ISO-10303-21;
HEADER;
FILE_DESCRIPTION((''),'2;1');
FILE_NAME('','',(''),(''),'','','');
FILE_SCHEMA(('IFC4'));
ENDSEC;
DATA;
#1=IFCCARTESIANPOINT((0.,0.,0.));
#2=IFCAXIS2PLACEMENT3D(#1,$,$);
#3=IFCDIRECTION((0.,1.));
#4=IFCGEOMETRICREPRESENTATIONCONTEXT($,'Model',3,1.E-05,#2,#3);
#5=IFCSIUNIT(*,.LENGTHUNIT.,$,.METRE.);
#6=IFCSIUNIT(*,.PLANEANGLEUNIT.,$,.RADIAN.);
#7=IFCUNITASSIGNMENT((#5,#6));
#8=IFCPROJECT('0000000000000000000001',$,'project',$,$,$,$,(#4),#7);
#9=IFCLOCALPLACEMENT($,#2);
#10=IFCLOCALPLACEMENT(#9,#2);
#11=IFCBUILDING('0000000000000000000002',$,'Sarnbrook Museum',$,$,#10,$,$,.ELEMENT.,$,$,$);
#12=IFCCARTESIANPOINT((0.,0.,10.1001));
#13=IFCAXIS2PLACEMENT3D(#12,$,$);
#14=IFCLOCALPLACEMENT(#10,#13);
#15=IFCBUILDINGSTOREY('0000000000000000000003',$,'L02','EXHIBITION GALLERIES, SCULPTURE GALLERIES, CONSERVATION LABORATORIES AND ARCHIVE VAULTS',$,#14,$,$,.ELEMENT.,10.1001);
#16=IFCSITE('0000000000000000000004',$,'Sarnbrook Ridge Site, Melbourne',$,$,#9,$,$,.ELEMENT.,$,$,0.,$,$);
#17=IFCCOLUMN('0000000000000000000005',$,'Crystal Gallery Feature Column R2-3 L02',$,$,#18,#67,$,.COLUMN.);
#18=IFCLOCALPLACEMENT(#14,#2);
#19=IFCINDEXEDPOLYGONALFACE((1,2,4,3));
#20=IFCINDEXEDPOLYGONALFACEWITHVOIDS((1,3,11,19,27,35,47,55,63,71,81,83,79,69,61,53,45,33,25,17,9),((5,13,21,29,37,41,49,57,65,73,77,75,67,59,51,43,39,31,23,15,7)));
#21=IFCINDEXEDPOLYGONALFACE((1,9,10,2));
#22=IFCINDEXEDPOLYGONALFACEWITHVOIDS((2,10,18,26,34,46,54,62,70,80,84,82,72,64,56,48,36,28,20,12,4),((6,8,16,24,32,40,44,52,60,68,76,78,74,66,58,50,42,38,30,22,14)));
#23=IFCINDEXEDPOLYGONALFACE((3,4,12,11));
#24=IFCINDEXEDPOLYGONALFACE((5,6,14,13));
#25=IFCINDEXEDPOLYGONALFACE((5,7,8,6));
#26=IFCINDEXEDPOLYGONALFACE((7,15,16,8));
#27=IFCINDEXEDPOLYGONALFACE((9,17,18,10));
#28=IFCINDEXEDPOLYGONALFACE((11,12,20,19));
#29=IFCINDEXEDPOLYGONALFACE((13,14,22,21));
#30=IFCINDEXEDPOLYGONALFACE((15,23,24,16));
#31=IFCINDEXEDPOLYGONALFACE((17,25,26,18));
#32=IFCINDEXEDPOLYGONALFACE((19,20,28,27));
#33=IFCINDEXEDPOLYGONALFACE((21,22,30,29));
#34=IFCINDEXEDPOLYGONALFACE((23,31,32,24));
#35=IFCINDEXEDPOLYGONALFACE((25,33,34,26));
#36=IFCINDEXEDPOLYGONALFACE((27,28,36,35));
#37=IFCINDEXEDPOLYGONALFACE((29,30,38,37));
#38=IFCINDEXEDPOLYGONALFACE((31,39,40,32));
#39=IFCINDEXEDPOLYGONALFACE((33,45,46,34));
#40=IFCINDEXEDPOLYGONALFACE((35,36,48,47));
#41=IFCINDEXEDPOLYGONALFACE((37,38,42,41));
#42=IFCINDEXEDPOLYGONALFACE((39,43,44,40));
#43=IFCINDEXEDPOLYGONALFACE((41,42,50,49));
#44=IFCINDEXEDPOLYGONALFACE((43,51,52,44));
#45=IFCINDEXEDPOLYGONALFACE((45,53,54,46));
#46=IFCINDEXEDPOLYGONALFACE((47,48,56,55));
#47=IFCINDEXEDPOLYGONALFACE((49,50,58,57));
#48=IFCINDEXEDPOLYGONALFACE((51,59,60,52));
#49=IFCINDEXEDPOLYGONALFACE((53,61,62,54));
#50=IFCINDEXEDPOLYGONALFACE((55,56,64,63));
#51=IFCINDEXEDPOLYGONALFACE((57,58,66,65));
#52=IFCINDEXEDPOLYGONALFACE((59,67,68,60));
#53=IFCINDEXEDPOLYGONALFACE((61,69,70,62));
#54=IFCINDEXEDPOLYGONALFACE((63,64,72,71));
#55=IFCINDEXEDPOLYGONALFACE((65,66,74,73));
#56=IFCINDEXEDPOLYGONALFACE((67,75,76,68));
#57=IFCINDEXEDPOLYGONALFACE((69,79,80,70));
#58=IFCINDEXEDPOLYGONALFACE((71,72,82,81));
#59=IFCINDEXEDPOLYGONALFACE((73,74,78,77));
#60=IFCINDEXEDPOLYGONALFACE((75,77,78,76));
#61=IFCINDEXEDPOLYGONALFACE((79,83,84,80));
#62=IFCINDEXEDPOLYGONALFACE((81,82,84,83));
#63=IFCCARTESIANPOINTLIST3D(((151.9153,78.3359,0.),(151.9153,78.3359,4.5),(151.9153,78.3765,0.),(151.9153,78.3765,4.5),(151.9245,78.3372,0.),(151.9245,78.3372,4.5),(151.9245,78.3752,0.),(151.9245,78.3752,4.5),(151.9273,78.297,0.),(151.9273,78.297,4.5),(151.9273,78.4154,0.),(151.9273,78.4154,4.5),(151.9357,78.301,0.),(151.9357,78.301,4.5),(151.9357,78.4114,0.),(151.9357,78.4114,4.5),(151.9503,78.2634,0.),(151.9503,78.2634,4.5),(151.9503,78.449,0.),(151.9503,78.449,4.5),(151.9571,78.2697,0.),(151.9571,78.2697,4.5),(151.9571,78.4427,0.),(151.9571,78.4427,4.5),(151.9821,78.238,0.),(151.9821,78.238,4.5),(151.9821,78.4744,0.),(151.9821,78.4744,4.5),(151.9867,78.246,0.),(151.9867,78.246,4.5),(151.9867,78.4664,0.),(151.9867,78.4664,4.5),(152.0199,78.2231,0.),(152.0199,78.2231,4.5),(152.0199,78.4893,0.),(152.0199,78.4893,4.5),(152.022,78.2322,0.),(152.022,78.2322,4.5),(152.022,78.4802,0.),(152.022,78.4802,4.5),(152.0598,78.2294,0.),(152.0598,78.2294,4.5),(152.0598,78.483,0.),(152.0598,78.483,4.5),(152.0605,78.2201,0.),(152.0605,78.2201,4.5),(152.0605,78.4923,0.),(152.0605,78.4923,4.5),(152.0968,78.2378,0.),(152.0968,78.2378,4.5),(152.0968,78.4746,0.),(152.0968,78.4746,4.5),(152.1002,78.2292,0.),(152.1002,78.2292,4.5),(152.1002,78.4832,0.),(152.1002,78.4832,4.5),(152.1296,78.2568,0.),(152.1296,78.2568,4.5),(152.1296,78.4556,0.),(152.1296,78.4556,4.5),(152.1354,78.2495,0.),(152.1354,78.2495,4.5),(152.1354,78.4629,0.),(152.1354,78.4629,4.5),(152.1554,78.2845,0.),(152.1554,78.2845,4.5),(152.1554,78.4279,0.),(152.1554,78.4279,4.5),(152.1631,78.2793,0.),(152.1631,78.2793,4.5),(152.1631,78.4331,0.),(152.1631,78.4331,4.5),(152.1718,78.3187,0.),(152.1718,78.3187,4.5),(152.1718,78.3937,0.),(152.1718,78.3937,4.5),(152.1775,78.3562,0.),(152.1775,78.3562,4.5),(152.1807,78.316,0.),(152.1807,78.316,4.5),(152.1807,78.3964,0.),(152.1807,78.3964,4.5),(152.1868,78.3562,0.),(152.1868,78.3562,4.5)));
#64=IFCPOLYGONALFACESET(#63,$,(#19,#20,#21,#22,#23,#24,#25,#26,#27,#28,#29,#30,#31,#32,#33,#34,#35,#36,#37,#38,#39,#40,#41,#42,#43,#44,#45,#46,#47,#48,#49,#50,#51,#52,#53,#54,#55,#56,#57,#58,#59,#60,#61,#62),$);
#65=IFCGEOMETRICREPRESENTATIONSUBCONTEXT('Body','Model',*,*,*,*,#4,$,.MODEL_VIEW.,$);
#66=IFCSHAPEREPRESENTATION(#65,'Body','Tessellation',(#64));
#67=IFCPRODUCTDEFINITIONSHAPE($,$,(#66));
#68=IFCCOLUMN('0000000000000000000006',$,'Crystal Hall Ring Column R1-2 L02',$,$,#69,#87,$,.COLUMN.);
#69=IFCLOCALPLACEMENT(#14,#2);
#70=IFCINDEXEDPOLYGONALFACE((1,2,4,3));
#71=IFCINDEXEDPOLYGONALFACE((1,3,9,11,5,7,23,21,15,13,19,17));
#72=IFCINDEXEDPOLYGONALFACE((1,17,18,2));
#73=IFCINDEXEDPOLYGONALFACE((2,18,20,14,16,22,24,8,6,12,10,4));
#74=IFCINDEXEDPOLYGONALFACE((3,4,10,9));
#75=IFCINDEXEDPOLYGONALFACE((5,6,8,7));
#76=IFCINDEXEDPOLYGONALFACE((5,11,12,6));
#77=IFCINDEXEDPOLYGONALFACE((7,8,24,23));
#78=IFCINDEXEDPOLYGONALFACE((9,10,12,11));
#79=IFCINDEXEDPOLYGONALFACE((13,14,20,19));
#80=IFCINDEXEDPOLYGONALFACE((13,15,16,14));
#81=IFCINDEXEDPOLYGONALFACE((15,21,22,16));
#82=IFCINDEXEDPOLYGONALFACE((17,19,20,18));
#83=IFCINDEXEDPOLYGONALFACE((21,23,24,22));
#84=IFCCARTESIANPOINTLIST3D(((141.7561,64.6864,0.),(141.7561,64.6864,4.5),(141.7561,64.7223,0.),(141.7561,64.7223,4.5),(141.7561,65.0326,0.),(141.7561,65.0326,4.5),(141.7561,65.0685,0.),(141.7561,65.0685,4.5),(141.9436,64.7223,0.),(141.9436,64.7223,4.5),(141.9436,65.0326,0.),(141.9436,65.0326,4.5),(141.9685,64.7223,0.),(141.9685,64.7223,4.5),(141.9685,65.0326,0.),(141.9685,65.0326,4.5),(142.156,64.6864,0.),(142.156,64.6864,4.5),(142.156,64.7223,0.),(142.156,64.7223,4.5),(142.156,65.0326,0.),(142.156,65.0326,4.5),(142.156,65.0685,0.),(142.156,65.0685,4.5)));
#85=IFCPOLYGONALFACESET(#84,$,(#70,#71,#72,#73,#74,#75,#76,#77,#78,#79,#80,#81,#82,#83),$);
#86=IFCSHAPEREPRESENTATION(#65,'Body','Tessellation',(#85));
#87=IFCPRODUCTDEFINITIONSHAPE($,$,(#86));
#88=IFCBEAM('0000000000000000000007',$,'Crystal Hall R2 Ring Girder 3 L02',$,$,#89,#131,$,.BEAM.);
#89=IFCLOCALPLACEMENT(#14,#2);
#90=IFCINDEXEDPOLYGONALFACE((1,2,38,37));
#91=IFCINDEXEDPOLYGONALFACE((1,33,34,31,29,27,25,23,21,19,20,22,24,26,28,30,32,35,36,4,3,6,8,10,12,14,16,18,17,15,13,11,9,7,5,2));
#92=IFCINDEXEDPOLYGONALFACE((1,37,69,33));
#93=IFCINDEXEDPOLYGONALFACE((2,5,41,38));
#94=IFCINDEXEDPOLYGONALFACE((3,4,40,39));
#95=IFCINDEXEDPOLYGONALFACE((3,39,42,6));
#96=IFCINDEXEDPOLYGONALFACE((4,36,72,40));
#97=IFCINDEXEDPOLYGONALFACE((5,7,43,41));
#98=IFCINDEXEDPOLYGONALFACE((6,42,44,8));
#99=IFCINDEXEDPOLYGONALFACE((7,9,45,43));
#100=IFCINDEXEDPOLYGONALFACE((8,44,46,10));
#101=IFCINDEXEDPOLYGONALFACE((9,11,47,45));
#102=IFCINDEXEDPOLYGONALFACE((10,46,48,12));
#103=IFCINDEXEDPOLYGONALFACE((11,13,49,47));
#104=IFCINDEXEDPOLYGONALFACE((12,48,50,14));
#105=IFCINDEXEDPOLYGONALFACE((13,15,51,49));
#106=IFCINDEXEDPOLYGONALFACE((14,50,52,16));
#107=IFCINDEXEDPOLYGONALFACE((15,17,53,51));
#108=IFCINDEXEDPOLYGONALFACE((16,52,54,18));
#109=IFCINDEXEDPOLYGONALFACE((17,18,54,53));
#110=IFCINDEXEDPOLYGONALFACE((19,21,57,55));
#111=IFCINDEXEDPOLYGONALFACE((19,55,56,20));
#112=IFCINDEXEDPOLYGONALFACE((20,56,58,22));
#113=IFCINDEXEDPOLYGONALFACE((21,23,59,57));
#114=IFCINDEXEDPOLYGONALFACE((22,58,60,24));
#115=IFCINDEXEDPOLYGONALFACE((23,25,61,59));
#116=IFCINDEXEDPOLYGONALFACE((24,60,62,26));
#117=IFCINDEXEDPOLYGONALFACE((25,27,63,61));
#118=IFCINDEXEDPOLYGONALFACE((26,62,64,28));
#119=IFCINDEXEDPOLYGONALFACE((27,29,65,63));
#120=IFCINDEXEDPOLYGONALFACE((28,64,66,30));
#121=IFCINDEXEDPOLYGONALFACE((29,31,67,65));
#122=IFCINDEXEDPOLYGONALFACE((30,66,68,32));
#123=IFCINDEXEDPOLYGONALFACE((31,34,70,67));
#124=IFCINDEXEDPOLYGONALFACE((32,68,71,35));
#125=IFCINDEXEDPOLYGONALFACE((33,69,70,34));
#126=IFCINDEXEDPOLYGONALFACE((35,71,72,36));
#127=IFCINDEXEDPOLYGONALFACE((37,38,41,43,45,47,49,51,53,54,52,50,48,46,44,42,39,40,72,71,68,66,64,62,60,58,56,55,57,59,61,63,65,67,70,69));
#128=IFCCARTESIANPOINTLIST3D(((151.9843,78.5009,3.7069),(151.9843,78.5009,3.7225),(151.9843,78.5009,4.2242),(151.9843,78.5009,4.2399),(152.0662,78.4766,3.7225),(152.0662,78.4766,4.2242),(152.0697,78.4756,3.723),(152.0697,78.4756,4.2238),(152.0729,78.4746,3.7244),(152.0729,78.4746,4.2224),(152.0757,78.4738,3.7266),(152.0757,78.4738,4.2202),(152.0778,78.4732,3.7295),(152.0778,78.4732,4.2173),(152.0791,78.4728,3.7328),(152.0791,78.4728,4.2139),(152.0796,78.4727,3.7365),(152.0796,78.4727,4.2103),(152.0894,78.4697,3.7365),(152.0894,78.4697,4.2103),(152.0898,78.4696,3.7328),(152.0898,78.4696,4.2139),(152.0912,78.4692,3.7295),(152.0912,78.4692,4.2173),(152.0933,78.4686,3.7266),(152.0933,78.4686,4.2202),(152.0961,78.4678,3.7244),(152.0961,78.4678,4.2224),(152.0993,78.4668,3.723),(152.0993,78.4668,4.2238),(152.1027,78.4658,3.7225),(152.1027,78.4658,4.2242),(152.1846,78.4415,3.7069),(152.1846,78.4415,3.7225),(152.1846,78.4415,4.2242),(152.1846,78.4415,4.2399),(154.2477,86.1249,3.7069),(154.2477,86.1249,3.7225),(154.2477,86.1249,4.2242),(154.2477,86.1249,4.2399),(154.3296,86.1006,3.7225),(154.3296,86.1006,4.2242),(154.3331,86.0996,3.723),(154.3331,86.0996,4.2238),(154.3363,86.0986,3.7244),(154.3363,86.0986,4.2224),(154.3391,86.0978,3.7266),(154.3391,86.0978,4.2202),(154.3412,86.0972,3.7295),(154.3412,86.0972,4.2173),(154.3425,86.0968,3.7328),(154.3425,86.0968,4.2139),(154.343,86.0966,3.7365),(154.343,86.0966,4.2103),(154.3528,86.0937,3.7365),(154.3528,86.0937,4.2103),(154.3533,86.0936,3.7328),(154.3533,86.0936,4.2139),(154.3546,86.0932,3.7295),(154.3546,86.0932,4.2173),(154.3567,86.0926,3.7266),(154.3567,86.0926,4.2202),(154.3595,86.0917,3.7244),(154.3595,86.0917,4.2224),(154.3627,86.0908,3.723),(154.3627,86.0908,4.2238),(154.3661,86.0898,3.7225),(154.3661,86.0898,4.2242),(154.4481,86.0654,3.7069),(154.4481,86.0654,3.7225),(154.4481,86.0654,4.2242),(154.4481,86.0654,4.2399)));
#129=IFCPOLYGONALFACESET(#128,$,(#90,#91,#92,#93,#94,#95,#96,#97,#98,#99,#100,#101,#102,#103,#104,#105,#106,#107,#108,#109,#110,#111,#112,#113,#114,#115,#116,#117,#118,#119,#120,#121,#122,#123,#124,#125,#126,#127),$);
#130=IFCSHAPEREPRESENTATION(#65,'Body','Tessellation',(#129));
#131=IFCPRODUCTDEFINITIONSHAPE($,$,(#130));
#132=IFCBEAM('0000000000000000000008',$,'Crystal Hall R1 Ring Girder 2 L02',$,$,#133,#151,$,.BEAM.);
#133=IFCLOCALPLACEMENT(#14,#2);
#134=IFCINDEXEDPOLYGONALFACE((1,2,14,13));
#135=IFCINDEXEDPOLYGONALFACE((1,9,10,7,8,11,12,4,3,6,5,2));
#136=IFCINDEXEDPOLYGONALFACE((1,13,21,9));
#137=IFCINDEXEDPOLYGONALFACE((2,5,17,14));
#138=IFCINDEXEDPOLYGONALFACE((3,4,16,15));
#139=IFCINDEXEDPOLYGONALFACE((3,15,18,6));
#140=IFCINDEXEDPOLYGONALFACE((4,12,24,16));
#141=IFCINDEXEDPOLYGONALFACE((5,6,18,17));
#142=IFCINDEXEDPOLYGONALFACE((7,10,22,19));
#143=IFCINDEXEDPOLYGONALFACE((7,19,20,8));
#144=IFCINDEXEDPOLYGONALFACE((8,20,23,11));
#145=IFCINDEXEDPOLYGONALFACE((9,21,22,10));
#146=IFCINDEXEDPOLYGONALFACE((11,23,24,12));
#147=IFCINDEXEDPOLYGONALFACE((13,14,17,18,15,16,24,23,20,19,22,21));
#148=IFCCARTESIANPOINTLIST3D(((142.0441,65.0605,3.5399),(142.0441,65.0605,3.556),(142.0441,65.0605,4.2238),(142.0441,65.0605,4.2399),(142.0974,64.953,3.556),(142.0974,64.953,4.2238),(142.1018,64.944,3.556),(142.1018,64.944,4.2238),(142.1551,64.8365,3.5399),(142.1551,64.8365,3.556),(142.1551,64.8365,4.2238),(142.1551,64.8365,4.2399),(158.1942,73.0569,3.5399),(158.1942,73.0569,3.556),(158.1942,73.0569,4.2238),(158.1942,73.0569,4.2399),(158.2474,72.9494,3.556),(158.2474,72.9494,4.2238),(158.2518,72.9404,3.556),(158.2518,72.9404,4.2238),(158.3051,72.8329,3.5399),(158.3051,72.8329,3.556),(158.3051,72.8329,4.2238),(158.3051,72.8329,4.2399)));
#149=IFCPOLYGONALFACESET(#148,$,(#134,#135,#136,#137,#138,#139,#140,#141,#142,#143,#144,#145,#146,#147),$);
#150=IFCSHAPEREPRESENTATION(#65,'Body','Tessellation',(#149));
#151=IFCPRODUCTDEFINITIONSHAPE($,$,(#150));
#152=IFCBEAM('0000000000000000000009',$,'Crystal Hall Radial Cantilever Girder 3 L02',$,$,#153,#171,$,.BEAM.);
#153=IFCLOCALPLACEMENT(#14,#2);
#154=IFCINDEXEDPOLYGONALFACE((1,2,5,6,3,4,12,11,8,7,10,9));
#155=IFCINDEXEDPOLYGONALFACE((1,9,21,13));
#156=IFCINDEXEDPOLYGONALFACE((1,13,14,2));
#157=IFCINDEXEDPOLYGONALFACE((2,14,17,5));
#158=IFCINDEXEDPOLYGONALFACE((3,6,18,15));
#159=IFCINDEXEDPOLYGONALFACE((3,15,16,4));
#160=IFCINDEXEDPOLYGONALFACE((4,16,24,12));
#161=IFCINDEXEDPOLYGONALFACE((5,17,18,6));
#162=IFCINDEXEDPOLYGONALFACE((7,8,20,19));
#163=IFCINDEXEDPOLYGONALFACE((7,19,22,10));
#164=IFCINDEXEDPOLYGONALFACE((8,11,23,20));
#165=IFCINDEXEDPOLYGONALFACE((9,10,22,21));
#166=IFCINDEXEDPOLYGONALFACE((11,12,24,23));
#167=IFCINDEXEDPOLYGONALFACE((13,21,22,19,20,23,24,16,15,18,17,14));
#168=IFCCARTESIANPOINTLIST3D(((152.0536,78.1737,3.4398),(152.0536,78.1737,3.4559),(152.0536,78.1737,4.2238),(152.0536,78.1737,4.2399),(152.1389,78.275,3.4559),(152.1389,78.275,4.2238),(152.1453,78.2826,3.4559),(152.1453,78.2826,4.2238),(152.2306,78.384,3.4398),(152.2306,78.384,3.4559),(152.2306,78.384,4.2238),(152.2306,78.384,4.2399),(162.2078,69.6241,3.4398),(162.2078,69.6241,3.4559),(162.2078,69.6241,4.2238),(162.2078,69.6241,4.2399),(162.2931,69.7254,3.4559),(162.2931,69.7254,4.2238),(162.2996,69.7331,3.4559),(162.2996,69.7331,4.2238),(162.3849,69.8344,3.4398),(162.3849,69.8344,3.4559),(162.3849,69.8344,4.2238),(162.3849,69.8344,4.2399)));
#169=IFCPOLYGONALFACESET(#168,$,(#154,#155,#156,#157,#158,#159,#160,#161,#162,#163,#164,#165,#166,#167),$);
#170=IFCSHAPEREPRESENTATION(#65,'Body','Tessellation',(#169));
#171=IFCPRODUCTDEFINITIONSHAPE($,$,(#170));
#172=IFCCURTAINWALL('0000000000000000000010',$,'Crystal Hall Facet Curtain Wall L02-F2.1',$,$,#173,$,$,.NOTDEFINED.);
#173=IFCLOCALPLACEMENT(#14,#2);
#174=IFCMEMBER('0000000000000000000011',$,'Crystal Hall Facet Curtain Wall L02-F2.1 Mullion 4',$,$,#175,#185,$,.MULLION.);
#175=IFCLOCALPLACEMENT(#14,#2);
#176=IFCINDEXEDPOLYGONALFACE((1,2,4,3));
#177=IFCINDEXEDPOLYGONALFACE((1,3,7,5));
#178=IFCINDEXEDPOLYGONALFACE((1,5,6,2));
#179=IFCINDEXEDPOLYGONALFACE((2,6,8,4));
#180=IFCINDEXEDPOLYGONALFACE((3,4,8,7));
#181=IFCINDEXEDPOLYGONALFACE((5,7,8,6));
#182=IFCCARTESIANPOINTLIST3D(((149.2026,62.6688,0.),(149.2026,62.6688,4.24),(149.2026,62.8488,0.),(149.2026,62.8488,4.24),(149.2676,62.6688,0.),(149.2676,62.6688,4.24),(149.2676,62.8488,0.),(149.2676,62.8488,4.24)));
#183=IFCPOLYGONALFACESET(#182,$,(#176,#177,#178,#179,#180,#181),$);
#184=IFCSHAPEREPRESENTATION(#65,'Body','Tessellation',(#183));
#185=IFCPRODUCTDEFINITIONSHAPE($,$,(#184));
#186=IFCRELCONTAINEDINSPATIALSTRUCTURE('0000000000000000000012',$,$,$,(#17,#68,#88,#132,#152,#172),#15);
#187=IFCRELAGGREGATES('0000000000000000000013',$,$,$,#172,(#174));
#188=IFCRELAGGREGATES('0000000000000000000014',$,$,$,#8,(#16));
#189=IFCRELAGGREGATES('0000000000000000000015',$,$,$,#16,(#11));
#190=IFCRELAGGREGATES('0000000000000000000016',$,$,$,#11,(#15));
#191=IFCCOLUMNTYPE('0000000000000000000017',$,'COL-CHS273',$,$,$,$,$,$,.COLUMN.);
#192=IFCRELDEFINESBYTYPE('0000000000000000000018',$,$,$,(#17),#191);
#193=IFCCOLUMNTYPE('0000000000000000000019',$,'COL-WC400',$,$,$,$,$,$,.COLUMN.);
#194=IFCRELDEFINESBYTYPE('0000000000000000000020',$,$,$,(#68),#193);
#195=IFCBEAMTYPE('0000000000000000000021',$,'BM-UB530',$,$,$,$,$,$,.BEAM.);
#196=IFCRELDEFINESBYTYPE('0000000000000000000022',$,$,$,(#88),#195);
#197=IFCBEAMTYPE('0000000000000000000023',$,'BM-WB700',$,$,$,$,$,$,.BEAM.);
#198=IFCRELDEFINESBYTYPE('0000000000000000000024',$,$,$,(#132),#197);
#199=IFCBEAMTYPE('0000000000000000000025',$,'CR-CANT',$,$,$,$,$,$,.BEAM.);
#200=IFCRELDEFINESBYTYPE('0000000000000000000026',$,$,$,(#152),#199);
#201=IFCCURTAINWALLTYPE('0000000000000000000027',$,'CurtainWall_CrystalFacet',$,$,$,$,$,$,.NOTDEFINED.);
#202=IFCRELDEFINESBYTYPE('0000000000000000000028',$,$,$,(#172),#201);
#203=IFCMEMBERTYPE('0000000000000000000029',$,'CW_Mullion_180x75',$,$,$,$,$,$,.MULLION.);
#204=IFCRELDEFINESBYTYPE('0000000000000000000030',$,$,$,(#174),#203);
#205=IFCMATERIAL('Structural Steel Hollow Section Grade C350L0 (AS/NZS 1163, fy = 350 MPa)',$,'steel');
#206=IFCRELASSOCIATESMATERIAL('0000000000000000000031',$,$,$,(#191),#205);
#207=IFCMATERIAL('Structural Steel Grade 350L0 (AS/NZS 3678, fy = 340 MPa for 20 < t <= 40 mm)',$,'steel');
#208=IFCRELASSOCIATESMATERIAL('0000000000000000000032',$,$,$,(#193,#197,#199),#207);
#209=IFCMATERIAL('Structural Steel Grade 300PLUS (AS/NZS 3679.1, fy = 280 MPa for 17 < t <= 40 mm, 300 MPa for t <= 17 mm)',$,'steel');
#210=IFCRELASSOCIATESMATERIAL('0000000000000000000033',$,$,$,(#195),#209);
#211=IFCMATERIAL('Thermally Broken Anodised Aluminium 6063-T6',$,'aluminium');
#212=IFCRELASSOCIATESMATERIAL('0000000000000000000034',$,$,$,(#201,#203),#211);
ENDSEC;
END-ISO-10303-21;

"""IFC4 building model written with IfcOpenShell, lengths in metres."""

from ifc_helpers import new_model, si_unit, direction, frame, origin, origin_2d, place, context, subcontext, project, spatial, rectangle, hollow_circle, i_section, extrude, material, material_profile, profile_set, type_object, element, aggregate, save


model = new_model("IFC4")

# Units and contexts
model_context = context("Model", 3, precision=1e-05, world=origin(), true_north=direction((0.0, 1.0)))
body_context = subcontext(model_context, "Body", "Model", "MODEL_VIEW")
ifc_project = project(units=[si_unit("LENGTHUNIT", "METRE"), si_unit("PLANEANGLEUNIT", "RADIAN")], contexts=[model_context])

# Site, building, storey
site_placement = place(None, origin())
site = spatial("IfcSite", under=ifc_project, at=site_placement, Name="Sarnbrook Ridge Site, Melbourne", CompositionType="ELEMENT", RefElevation=0.0)
building_placement = place(site_placement, origin())
building = spatial("IfcBuilding", under=site, at=building_placement, Name="Sarnbrook Museum", CompositionType="ELEMENT")
storey_placement = place(building_placement, frame((0.0, 0.0, 10.1001)))
storey = spatial("IfcBuildingStorey", under=building, at=storey_placement, Name="L02", Description="EXHIBITION GALLERIES, SCULPTURE GALLERIES, CONSERVATION LABORATORIES AND ARCHIVE VAULTS", CompositionType="ELEMENT", Elevation=10.1001)

# Columns
ifc_material_1 = material(Name="Structural Steel Hollow Section Grade C350L0 (AS/NZS 1163, fy = 350 MPa)", Category="steel")
ifc_material_profile_1 = material_profile(ifc_material_1, hollow_circle(Radius=0.1365, WallThickness=0.0093, at=origin_2d()), Name="273.1x9.3CHS")
ifc_profile_set_1 = profile_set([ifc_material_profile_1], Name="Structural Steel Hollow Section Grade C350L0 (AS/NZS 1163, fy = 350 MPa)")
column_type_1 = type_object("IfcColumnType", Name="COL-CHS273", PredefinedType="COLUMN", material=ifc_profile_set_1)
column_1_placement = place(storey_placement, frame((152.0503, 78.3562, 0.0), z_axis=(0.0, 0.0, 1.0), x_axis=(1.0, 0.0, 0.0)))
element("IfcColumn", 1, at=column_1_placement, inside=storey, type_object=column_type_1, Name="Crystal Gallery Feature Column R2-3 L02", PredefinedType="COLUMN", context=body_context, shape_type="SweptSolid", body=[
    extrude(hollow_circle(Radius=0.1365, WallThickness=0.0093, at=origin_2d()), origin(), (0.0, 0.0, 1.0), 4.5),
])
ifc_material_2 = material(Name="Structural Steel Grade 350L0 (AS/NZS 3678, fy = 340 MPa for 20 < t <= 40 mm)", Category="steel")
ifc_material_profile_2 = material_profile(ifc_material_2, i_section(OverallWidth=0.3999, OverallDepth=0.3821, WebThickness=0.0249, FlangeThickness=0.0359, at=origin_2d()), Name="400WC270")
ifc_profile_set_2 = profile_set([ifc_material_profile_2], Name="Structural Steel Grade 350L0 (AS/NZS 3678, fy = 340 MPa for 20 < t <= 40 mm)")
column_type_2 = type_object("IfcColumnType", Name="COL-WC400", PredefinedType="COLUMN", material=ifc_profile_set_2)
column_2_placement = place(storey_placement, frame((141.9561, 64.8774, 0.0), z_axis=(0.0, 0.0, 1.0), x_axis=(1.0, 0.0, 0.0)))
element("IfcColumn", 2, at=column_2_placement, inside=storey, type_object=column_type_2, Name="Crystal Hall Ring Column R1-2 L02", PredefinedType="COLUMN", context=body_context, shape_type="SweptSolid", body=[
    extrude(i_section(OverallWidth=0.3999, OverallDepth=0.3821, WebThickness=0.0249, FlangeThickness=0.0359, at=origin_2d()), origin(), (0.0, 0.0, 1.0), 4.5),
])

# Beams
ifc_material_3 = material(Name="Structural Steel Grade 300PLUS (AS/NZS 3679.1, fy = 280 MPa for 17 < t <= 40 mm, 300 MPa for t <= 17 mm)", Category="steel")
ifc_material_profile_3 = material_profile(ifc_material_3, i_section(OverallWidth=0.209, OverallDepth=0.533, WebThickness=0.0103, FlangeThickness=0.0156, FilletRadius=0.0139, at=origin_2d()), Name="530UB92.4")
ifc_profile_set_3 = profile_set([ifc_material_profile_3], Name="Structural Steel Grade 300PLUS (AS/NZS 3679.1, fy = 280 MPa for 17 < t <= 40 mm, 300 MPa for t <= 17 mm)")
beam_type_1 = type_object("IfcBeamType", Name="BM-UB530", PredefinedType="BEAM", material=ifc_profile_set_3)
beam_1_placement = place(storey_placement, frame((152.0845, 78.4712, 3.9734), z_axis=(0.284604, 0.958645, 0.0), x_axis=(-0.958645, 0.284604, 0.0)))
element("IfcBeam", 3, at=beam_1_placement, inside=storey, type_object=beam_type_1, Name="Crystal Hall R2 Ring Girder 3 L02", PredefinedType="BEAM", context=body_context, shape_type="SweptSolid", body=[
    extrude(i_section(OverallWidth=0.209, OverallDepth=0.533, WebThickness=0.0103, FlangeThickness=0.0156, FilletRadius=0.0139, at=origin_2d()), origin(), (0.0, 0.0, 1.0), 7.9529),
])
ifc_material_profile_4 = material_profile(ifc_material_2, i_section(OverallWidth=0.25, OverallDepth=0.7, WebThickness=0.01, FlangeThickness=0.0161, at=origin_2d()), Name="700WB130")
ifc_profile_set_4 = profile_set([ifc_material_profile_4], Name="Structural Steel Grade 350L0 (AS/NZS 3678, fy = 340 MPa for 20 < t <= 40 mm)")
beam_type_2 = type_object("IfcBeamType", Name="BM-WB700", PredefinedType="BEAM", material=ifc_profile_set_4)
beam_2_placement = place(storey_placement, frame((142.0996, 64.9485, 3.8899), z_axis=(0.896165, 0.44372, 0.0), x_axis=(-0.44372, 0.896165, 0.0)))
element("IfcBeam", 4, at=beam_2_placement, inside=storey, type_object=beam_type_2, Name="Crystal Hall R1 Ring Girder 2 L02", PredefinedType="BEAM", context=body_context, shape_type="SweptSolid", body=[
    extrude(i_section(OverallWidth=0.25, OverallDepth=0.7, WebThickness=0.01, FlangeThickness=0.0161, at=origin_2d()), origin(), (0.0, 0.0, 1.0), 18.0212),
])
ifc_material_profile_5 = material_profile(ifc_material_2, i_section(OverallWidth=0.2749, OverallDepth=0.8, WebThickness=0.01, FlangeThickness=0.0161, at=origin_2d()), Name="800WB146")
ifc_profile_set_5 = profile_set([ifc_material_profile_5], Name="Structural Steel Grade 350L0 (AS/NZS 3678, fy = 340 MPa for 20 < t <= 40 mm)")
beam_type_3 = type_object("IfcBeamType", Name="CR-CANT", PredefinedType="BEAM", material=ifc_profile_set_5)
beam_3_placement = place(storey_placement, frame((152.1421, 78.2788, 3.8398), z_axis=(0.764964, -0.644073, 0.0), x_axis=(0.644073, 0.764964, 0.0)))
element("IfcBeam", 5, at=beam_3_placement, inside=storey, type_object=beam_type_3, Name="Crystal Hall Radial Cantilever Girder 3 L02", PredefinedType="BEAM", context=body_context, shape_type="SweptSolid", body=[
    extrude(i_section(OverallWidth=0.2749, OverallDepth=0.8, WebThickness=0.01, FlangeThickness=0.0161, at=origin_2d()), origin(), (0.0, 0.0, 1.0), 13.2742),
])

# Curtain wall, member
ifc_material_4 = material(Name="Thermally Broken Anodised Aluminium 6063-T6", Category="aluminium")
curtain_wall_type = type_object("IfcCurtainWallType", Name="CurtainWall_CrystalFacet", PredefinedType="NOTDEFINED", material=ifc_material_4)
curtain_wall_1_placement = place(storey_placement, origin())
curtain_wall_1 = element("IfcCurtainWall", 6, at=curtain_wall_1_placement, inside=storey, type_object=curtain_wall_type, Name="Crystal Hall Facet Curtain Wall L02-F2.1", PredefinedType="NOTDEFINED")
ifc_material_profile_6 = material_profile(ifc_material_4, rectangle(XDim=0.0649, YDim=0.1799, at=origin_2d()), Name="ALU MULLION 65x180")
ifc_profile_set_6 = profile_set([ifc_material_profile_6], Name="Thermally Broken Anodised Aluminium 6063-T6")
member_type_1 = type_object("IfcMemberType", Name="CW_Mullion_180x75", PredefinedType="MULLION", material=ifc_profile_set_6)
member_1_placement = place(storey_placement, frame((149.2351, 62.7588, 0.0), z_axis=(0.0, 0.0, 1.0), x_axis=(1.0, 0.0, 0.0)))
member_1 = element("IfcMember", 7, at=member_1_placement, type_object=member_type_1, Name="Crystal Hall Facet Curtain Wall L02-F2.1 Mullion 4", PredefinedType="MULLION", context=body_context, shape_type="SweptSolid", body=[
    extrude(rectangle(XDim=0.0649, YDim=0.1799, at=origin_2d()), origin(), (0.0, 0.0, 1.0), 4.24),
])

aggregate(curtain_wall_1, [member_1])

save(model, "model.ifc")
